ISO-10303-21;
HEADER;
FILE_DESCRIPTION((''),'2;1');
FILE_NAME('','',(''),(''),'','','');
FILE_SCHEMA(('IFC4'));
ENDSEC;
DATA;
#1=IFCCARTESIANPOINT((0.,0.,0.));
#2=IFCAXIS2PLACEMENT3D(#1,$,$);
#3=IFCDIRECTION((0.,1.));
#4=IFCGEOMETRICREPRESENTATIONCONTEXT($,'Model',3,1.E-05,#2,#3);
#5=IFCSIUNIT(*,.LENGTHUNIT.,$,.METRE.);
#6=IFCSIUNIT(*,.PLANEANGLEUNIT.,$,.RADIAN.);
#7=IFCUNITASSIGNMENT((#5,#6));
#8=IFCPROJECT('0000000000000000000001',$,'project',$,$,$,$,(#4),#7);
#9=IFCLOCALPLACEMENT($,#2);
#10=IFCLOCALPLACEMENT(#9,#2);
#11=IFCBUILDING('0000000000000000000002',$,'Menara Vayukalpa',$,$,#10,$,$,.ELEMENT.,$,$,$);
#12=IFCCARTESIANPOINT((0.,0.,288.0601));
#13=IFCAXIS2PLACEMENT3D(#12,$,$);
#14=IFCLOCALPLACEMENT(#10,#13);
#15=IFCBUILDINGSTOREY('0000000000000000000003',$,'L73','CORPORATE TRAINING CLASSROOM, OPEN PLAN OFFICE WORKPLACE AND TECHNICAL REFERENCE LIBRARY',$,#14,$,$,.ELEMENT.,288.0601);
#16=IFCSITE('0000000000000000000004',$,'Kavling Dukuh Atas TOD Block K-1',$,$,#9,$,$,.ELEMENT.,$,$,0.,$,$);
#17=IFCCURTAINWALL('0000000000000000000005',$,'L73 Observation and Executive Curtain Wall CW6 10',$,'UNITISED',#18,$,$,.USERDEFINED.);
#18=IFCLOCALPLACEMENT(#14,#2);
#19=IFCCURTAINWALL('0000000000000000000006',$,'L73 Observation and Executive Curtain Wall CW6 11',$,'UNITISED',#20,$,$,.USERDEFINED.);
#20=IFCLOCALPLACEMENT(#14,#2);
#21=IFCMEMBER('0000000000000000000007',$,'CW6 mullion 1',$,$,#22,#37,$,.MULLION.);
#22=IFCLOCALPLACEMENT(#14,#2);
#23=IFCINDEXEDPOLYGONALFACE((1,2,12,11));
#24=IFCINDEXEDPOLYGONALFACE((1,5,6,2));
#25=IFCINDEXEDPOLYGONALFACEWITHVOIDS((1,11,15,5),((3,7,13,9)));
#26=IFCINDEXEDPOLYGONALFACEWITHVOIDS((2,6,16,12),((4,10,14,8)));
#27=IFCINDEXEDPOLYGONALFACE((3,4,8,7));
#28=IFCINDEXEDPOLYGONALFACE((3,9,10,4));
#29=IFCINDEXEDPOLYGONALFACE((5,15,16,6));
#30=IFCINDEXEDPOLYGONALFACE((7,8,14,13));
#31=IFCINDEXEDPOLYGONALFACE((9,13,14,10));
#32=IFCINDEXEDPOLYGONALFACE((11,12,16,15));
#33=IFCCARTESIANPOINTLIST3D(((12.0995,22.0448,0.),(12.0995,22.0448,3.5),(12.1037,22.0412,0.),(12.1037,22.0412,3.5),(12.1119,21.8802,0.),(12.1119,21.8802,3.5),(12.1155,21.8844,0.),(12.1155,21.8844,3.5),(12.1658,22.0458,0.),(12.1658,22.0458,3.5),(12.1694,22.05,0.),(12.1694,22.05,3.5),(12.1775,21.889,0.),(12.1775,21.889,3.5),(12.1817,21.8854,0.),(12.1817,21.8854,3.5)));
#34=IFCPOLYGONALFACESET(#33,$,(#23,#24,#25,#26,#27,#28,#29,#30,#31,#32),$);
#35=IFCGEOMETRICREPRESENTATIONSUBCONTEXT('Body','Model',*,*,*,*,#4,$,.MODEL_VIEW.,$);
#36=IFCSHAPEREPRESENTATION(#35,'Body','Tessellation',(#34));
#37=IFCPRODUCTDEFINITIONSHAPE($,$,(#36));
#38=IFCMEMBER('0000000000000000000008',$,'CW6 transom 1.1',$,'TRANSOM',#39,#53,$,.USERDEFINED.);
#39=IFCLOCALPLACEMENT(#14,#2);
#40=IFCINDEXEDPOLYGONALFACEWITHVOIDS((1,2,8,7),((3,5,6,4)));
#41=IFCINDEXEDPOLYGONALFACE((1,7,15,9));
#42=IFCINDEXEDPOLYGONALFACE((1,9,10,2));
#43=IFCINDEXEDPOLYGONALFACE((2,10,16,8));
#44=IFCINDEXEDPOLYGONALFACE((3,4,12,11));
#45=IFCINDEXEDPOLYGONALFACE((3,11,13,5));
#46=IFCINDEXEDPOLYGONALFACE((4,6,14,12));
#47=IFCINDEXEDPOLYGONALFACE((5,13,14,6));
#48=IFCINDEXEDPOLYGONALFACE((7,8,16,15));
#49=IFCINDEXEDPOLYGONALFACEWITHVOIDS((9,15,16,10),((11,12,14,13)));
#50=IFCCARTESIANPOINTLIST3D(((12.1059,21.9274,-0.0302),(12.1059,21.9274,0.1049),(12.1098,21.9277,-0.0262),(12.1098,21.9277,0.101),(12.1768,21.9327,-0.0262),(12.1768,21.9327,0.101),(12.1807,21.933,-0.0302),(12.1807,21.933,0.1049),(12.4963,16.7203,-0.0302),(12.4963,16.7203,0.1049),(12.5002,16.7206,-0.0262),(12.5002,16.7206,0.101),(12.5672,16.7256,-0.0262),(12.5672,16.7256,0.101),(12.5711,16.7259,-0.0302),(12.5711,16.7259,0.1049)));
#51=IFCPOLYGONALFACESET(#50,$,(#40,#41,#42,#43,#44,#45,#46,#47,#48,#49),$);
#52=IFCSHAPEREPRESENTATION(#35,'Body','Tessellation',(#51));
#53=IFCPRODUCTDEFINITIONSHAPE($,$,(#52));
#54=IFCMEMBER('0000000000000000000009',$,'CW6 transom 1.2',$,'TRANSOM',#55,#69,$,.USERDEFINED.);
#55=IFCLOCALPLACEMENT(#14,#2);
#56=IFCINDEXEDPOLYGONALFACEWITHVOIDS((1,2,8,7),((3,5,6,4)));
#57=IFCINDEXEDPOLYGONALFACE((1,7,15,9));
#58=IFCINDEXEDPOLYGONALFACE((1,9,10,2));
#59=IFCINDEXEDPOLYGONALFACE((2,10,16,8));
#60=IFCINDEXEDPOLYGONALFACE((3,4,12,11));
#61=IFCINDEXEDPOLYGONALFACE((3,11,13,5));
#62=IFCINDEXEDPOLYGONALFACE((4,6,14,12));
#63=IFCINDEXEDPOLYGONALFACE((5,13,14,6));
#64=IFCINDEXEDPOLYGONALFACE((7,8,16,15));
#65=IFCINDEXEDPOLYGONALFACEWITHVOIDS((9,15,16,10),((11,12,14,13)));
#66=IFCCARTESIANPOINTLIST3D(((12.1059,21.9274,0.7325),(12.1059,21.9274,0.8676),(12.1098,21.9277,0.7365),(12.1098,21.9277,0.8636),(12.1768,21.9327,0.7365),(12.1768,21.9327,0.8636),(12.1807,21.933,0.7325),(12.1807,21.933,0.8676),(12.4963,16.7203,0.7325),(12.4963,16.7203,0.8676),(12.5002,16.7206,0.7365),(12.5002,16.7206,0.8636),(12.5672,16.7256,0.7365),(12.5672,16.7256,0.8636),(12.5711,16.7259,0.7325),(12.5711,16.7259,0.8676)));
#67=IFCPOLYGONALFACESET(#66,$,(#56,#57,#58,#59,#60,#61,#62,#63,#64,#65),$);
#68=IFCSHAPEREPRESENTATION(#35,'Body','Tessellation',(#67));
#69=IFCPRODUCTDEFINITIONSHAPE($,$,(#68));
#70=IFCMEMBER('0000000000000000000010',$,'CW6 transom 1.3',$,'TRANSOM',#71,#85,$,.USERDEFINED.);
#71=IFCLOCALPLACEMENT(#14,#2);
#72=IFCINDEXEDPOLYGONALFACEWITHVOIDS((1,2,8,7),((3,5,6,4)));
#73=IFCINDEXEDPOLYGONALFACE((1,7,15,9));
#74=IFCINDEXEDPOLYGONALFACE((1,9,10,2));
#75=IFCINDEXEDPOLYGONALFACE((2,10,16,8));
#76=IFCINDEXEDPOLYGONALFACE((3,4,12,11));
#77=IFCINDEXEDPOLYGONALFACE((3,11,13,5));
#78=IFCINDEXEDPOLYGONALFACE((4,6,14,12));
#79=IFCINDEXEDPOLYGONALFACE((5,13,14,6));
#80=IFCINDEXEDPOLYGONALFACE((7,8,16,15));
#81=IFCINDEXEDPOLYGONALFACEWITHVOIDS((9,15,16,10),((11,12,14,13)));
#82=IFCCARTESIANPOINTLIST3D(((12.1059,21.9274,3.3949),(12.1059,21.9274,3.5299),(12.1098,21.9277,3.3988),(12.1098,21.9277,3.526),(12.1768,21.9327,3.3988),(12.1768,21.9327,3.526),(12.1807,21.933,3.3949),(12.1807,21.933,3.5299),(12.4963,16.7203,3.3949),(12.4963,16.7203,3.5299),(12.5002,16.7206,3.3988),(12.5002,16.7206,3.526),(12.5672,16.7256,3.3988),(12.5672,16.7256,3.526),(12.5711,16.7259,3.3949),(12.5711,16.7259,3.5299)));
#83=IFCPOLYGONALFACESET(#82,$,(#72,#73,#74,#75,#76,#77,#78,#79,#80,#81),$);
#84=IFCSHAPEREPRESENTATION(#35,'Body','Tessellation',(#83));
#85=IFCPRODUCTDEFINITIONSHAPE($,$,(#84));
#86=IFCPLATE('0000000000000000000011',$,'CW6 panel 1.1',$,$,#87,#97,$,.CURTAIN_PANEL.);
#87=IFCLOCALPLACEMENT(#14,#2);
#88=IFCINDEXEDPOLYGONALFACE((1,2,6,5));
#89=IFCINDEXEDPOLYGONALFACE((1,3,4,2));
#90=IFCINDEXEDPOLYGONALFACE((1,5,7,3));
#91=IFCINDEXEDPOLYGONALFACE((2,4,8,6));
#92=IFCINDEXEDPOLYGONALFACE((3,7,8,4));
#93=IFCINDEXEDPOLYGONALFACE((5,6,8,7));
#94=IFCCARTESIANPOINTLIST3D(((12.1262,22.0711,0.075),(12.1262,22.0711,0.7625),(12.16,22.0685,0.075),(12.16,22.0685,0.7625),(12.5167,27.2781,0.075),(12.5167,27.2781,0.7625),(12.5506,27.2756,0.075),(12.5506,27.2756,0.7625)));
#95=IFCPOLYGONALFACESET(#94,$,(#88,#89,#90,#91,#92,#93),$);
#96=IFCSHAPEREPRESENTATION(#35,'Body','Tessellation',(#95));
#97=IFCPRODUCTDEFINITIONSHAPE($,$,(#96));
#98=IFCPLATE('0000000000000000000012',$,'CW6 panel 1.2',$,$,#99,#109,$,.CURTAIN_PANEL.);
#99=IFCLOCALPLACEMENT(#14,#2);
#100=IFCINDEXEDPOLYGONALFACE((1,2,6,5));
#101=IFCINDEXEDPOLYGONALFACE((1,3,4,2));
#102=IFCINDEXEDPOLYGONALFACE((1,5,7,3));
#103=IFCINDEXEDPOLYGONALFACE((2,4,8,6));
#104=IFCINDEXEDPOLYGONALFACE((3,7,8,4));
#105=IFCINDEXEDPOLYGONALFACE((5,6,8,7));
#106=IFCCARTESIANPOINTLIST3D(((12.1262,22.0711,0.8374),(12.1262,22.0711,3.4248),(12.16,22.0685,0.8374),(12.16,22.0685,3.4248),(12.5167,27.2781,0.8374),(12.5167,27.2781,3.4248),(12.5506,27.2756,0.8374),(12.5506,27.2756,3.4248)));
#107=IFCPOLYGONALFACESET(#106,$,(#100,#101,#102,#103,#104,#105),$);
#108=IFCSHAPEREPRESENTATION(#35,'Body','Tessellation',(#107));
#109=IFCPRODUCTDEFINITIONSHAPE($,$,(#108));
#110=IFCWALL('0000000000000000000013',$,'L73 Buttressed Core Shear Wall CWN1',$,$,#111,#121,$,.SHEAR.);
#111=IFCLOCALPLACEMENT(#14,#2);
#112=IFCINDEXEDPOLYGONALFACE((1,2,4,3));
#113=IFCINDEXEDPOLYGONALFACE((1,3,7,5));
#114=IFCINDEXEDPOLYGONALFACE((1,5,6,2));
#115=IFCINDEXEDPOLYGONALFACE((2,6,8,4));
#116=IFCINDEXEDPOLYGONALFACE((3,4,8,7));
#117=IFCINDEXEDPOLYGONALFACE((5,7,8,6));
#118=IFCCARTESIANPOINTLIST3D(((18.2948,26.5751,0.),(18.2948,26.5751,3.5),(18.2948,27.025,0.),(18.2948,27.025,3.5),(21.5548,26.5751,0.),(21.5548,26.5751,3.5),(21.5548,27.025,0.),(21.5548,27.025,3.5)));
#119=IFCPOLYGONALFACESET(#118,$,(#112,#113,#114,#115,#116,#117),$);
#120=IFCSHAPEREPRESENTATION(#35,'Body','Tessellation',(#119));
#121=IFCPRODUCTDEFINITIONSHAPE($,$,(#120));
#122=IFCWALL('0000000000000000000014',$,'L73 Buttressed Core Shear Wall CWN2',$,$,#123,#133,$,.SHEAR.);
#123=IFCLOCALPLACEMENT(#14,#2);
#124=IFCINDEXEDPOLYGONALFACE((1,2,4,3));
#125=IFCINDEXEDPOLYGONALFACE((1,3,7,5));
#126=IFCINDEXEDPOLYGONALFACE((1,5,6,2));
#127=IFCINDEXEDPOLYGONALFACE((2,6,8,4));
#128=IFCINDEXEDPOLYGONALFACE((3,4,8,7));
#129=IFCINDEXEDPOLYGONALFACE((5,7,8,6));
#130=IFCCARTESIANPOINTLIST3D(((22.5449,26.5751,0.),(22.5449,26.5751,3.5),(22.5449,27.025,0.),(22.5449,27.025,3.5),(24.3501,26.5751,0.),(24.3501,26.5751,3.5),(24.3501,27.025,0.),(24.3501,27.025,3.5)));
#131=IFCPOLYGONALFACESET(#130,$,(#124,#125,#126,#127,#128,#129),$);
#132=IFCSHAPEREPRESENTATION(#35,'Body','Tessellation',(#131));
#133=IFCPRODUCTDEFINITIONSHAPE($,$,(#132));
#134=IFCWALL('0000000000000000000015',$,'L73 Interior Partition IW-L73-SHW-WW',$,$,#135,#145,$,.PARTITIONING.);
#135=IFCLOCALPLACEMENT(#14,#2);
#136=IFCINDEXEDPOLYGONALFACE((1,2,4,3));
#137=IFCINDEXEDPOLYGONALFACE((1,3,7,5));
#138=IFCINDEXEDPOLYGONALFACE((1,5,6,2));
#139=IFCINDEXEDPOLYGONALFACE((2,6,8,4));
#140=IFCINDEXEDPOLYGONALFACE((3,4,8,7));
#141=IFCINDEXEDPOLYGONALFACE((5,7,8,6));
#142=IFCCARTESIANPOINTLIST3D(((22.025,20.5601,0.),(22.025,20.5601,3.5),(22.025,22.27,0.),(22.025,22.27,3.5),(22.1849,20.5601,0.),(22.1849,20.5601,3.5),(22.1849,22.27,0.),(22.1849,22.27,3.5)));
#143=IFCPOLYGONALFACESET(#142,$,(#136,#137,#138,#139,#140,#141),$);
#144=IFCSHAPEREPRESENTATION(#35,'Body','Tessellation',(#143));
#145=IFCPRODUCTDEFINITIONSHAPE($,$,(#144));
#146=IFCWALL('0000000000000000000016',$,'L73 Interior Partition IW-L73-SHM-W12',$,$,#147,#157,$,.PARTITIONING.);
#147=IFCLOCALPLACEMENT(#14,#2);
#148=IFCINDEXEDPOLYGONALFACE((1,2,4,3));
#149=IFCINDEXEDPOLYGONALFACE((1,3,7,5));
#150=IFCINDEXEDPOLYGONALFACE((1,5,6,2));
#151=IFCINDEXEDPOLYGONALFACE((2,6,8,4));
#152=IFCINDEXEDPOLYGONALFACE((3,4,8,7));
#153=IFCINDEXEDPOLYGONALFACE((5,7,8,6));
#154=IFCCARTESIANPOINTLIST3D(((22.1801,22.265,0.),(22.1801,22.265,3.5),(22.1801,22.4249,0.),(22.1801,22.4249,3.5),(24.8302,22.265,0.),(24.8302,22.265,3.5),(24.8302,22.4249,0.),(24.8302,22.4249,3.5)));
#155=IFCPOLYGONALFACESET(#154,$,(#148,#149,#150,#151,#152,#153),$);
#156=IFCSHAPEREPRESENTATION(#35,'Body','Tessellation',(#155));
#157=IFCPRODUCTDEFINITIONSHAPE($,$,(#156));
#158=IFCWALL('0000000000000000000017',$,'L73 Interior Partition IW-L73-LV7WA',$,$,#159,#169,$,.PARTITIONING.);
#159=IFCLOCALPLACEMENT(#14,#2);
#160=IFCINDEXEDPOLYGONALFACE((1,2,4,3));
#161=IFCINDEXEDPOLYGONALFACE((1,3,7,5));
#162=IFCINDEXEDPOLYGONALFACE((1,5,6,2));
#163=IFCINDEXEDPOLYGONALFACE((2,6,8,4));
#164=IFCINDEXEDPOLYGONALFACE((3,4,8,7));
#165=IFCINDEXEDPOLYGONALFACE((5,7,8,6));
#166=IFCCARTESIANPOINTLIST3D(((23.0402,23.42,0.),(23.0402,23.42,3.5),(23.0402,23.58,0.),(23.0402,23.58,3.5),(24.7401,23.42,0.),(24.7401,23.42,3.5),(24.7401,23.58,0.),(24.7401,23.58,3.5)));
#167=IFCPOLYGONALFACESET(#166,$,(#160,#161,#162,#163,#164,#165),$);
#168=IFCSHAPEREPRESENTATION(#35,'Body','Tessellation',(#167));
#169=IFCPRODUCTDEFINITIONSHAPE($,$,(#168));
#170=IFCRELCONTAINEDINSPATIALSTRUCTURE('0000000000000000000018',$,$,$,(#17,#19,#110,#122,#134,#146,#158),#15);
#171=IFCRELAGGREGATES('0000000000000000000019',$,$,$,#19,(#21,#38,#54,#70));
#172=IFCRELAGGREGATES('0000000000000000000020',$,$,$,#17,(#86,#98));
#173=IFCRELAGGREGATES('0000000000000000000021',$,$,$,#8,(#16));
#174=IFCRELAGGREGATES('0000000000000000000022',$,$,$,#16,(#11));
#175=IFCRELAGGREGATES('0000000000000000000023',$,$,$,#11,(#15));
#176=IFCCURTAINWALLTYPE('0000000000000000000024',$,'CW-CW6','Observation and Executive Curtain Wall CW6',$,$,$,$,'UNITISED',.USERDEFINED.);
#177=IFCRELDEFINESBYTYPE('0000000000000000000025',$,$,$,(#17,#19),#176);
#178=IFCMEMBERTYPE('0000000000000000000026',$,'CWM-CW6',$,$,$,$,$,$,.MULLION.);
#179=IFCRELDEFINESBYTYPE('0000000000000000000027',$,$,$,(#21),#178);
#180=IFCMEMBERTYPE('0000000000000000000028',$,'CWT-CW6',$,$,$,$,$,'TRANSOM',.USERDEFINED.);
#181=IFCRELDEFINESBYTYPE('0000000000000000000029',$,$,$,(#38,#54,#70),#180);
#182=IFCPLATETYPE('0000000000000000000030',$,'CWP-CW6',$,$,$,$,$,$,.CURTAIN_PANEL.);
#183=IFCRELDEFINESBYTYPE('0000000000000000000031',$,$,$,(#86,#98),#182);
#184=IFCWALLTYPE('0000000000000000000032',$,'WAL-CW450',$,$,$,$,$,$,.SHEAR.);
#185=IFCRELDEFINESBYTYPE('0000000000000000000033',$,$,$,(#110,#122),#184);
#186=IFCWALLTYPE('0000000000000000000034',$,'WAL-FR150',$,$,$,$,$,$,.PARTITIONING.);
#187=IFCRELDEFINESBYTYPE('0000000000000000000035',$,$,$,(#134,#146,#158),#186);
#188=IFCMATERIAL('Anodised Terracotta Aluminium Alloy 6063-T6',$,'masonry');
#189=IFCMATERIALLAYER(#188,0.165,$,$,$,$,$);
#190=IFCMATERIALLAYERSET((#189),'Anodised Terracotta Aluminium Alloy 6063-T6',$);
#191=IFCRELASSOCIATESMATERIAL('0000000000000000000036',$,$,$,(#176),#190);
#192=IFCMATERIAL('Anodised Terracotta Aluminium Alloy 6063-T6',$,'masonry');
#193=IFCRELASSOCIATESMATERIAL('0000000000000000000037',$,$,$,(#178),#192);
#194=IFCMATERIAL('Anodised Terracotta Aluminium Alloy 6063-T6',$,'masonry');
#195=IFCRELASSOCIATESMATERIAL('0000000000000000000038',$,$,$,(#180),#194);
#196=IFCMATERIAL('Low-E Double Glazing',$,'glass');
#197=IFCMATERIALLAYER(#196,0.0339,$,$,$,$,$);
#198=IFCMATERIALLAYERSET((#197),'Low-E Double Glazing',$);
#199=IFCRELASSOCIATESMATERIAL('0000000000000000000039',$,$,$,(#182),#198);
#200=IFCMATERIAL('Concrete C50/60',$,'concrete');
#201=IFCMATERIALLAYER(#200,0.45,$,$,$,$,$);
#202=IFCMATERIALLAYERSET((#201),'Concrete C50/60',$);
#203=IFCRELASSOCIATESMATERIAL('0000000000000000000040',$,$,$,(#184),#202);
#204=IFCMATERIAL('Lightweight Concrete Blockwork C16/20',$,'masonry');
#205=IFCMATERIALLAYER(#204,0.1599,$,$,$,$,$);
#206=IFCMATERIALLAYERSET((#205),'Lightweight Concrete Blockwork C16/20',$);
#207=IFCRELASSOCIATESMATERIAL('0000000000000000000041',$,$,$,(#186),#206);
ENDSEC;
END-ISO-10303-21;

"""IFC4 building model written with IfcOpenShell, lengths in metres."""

from ifc_helpers import new_model, si_unit, direction, frame, frame_2d, origin, origin_2d, place, context, subcontext, project, spatial, rectangle, hollow_rectangle, extrude, material, layer, layer_set, material_profile, profile_set, type_object, element, aggregate, save


model = new_model("IFC4")

# Units and contexts
model_context = context("Model", 3, precision=1e-05, world=origin(), true_north=direction((0.0, 1.0)))
body_context = subcontext(model_context, "Body", "Model", "MODEL_VIEW")
ifc_project = project(units=[si_unit("LENGTHUNIT", "METRE"), si_unit("PLANEANGLEUNIT", "RADIAN")], contexts=[model_context])

# Site, building, storey
site_placement = place(None, origin())
site = spatial("IfcSite", under=ifc_project, at=site_placement, Name="Kavling Dukuh Atas TOD Block K-1", CompositionType="ELEMENT", RefElevation=0.0)
building_placement = place(site_placement, origin())
building = spatial("IfcBuilding", under=site, at=building_placement, Name="Menara Vayukalpa", CompositionType="ELEMENT")
storey_placement = place(building_placement, frame((0.0, 0.0, 288.0601)))
storey = spatial("IfcBuildingStorey", under=building, at=storey_placement, Name="L73", Description="CORPORATE TRAINING CLASSROOM, OPEN PLAN OFFICE WORKPLACE AND TECHNICAL REFERENCE LIBRARY", CompositionType="ELEMENT", Elevation=288.0601)

# Curtain wall
ifc_material_1 = material(Name="Anodised Terracotta Aluminium Alloy 6063-T6", Category="masonry")
ifc_layer_1 = layer(ifc_material_1, 0.165)
ifc_layer_set_1 = layer_set([ifc_layer_1], Name="Anodised Terracotta Aluminium Alloy 6063-T6")
curtain_wall_type = type_object("IfcCurtainWallType", Name="CW-CW6", Description="Observation and Executive Curtain Wall CW6", ElementType="UNITISED", PredefinedType="USERDEFINED", material=ifc_layer_set_1)
curtain_wall_1_placement = place(storey_placement, origin())
curtain_wall_1 = element("IfcCurtainWall", 1, at=curtain_wall_1_placement, inside=storey, type_object=curtain_wall_type, Name="L73 Observation and Executive Curtain Wall CW6 10", ObjectType="UNITISED", PredefinedType="USERDEFINED")
ifc_material_2 = material(Name="Anodised Terracotta Aluminium Alloy 6063-T6", Category="masonry")
ifc_material_profile_1 = material_profile(ifc_material_2, hollow_rectangle(XDim=0.0701, YDim=0.165, WallThickness=0.0039, at=origin_2d()), Name="ALU 70x165x4")
ifc_profile_set_1 = profile_set([ifc_material_profile_1], Name="Anodised Terracotta Aluminium Alloy 6063-T6")
member_type_1 = type_object("IfcMemberType", Name="CWM-CW6", PredefinedType="MULLION", material=ifc_profile_set_1)

# Curtain wall, members
curtain_wall_2_placement = place(storey_placement, origin())
curtain_wall_2 = element("IfcCurtainWall", 2, at=curtain_wall_2_placement, inside=storey, type_object=curtain_wall_type, Name="L73 Observation and Executive Curtain Wall CW6 11", ObjectType="UNITISED", PredefinedType="USERDEFINED")
member_1_placement = place(storey_placement, frame((12.1406, 21.9651, 0.0), z_axis=(0.0, 0.0, 1.0), x_axis=(0.997199, 0.074789, 0.0)))
member_1 = element("IfcMember", 3, at=member_1_placement, type_object=member_type_1, Name="CW6 mullion 1", PredefinedType="MULLION", context=body_context, shape_type="SweptSolid", body=[
    extrude(hollow_rectangle(XDim=0.0701, YDim=0.165, WallThickness=0.0039, at=origin_2d()), origin(), (0.0, 0.0, 1.0), 3.5),
])
ifc_material_3 = material(Name="Anodised Terracotta Aluminium Alloy 6063-T6", Category="masonry")
ifc_material_profile_2 = material_profile(ifc_material_3, hollow_rectangle(XDim=0.075, YDim=0.135, WallThickness=0.0039, at=origin_2d()), Name="ALU 75x135x4")
ifc_profile_set_2 = profile_set([ifc_material_profile_2], Name="Anodised Terracotta Aluminium Alloy 6063-T6")
member_type_2 = type_object("IfcMemberType", Name="CWT-CW6", ElementType="TRANSOM", PredefinedType="USERDEFINED", material=ifc_profile_set_2)
member_2_placement = place(storey_placement, frame((12.1433, 21.9302, 0.0374), z_axis=(0.074762, -0.997201, 0.0), x_axis=(0.997201, 0.074762, 0.0)))
member_2 = element("IfcMember", 4, at=member_2_placement, type_object=member_type_2, Name="CW6 transom 1.1", ObjectType="TRANSOM", PredefinedType="USERDEFINED", context=body_context, shape_type="SweptSolid", body=[
    extrude(hollow_rectangle(XDim=0.075, YDim=0.135, WallThickness=0.0039, at=origin_2d()), origin(), (0.0, 0.0, 1.0), 5.2217),
])
member_3_placement = place(storey_placement, frame((12.1433, 21.9302, 0.8), z_axis=(0.074762, -0.997201, 0.0), x_axis=(0.997201, 0.074762, 0.0)))
member_3 = element("IfcMember", 5, at=member_3_placement, type_object=member_type_2, Name="CW6 transom 1.2", ObjectType="TRANSOM", PredefinedType="USERDEFINED", context=body_context, shape_type="SweptSolid", body=[
    extrude(hollow_rectangle(XDim=0.075, YDim=0.135, WallThickness=0.0039, at=origin_2d()), origin(), (0.0, 0.0, 1.0), 5.2217),
])
member_4_placement = place(storey_placement, frame((12.1433, 21.9302, 3.4624), z_axis=(0.074762, -0.997201, 0.0), x_axis=(0.997201, 0.074762, 0.0)))
member_4 = element("IfcMember", 6, at=member_4_placement, type_object=member_type_2, Name="CW6 transom 1.3", ObjectType="TRANSOM", PredefinedType="USERDEFINED", context=body_context, shape_type="SweptSolid", body=[
    extrude(hollow_rectangle(XDim=0.075, YDim=0.135, WallThickness=0.0039, at=origin_2d()), origin(), (0.0, 0.0, 1.0), 5.2217),
])
aggregate(curtain_wall_2, [member_1, member_2, member_3, member_4])

# Plates
ifc_material_4 = material(Name="Low-E Double Glazing", Category="glass")
ifc_layer_2 = layer(ifc_material_4, 0.0339)
ifc_layer_set_2 = layer_set([ifc_layer_2], Name="Low-E Double Glazing")
plate_type = type_object("IfcPlateType", Name="CWP-CW6", PredefinedType="CURTAIN_PANEL", material=ifc_layer_set_2)
plate_1_placement = place(storey_placement, frame((12.3384, 24.6733, 0.075), z_axis=(0.0, 0.0, 1.0), x_axis=(-0.074789, -0.997199, 0.0)))
plate_1 = element("IfcPlate", 7, at=plate_1_placement, type_object=plate_type, Name="CW6 panel 1.1", PredefinedType="CURTAIN_PANEL", context=body_context, shape_type="SweptSolid", body=[
    extrude(rectangle(XDim=5.2217, YDim=0.0339, at=origin_2d()), origin(), (0.0, 0.0, 1.0), 0.6875),
])
plate_2_placement = place(storey_placement, frame((12.3384, 24.6733, 0.8374), z_axis=(0.0, 0.0, 1.0), x_axis=(-0.074789, -0.997199, 0.0)))
plate_2 = element("IfcPlate", 8, at=plate_2_placement, type_object=plate_type, Name="CW6 panel 1.2", PredefinedType="CURTAIN_PANEL", context=body_context, shape_type="SweptSolid", body=[
    extrude(rectangle(XDim=5.2217, YDim=0.0339, at=origin_2d()), origin(), (0.0, 0.0, 1.0), 2.5874),
])
aggregate(curtain_wall_1, [plate_1, plate_2])

# Walls
ifc_material_5 = material(Name="Concrete C50/60", Category="concrete")
ifc_layer_3 = layer(ifc_material_5, 0.45)
ifc_layer_set_3 = layer_set([ifc_layer_3], Name="Concrete C50/60")
wall_type_1 = type_object("IfcWallType", Name="WAL-CW450", PredefinedType="SHEAR", material=ifc_layer_set_3)
wall_1_placement = place(storey_placement, frame((18.2949, 26.8, 0.0), z_axis=(0.0, 0.0, 1.0), x_axis=(1.0, 0.0, 0.0)))
element("IfcWall", 9, at=wall_1_placement, inside=storey, type_object=wall_type_1, Name="L73 Buttressed Core Shear Wall CWN1", PredefinedType="SHEAR", context=body_context, shape_type="SweptSolid", body=[
    extrude(rectangle(XDim=3.26, YDim=0.45, at=frame_2d((1.6299, 0.0))), origin(), (0.0, 0.0, 1.0), 3.5),
])
wall_2_placement = place(storey_placement, frame((22.5449, 26.8, 0.0), z_axis=(0.0, 0.0, 1.0), x_axis=(1.0, 0.0, 0.0)))
element("IfcWall", 10, at=wall_2_placement, inside=storey, type_object=wall_type_1, Name="L73 Buttressed Core Shear Wall CWN2", PredefinedType="SHEAR", context=body_context, shape_type="SweptSolid", body=[
    extrude(rectangle(XDim=1.8052, YDim=0.45, at=frame_2d((0.9026, 0.0))), origin(), (0.0, 0.0, 1.0), 3.5),
])
ifc_material_6 = material(Name="Lightweight Concrete Blockwork C16/20", Category="masonry")
ifc_layer_4 = layer(ifc_material_6, 0.1599)
ifc_layer_set_4 = layer_set([ifc_layer_4], Name="Lightweight Concrete Blockwork C16/20")
wall_type_2 = type_object("IfcWallType", Name="WAL-FR150", PredefinedType="PARTITIONING", material=ifc_layer_set_4)
wall_3_placement = place(storey_placement, frame((22.105, 20.5601, 0.0), z_axis=(0.0, 0.0, 1.0), x_axis=(0.0, 1.0, 0.0)))
element("IfcWall", 11, at=wall_3_placement, inside=storey, type_object=wall_type_2, Name="L73 Interior Partition IW-L73-SHW-WW", PredefinedType="PARTITIONING", context=body_context, shape_type="SweptSolid", body=[
    extrude(rectangle(XDim=1.71, YDim=0.1599, at=frame_2d((0.855, 0.0))), origin(), (0.0, 0.0, 1.0), 3.5),
])
wall_4_placement = place(storey_placement, frame((22.1799, 22.345, 0.0), z_axis=(0.0, 0.0, 1.0), x_axis=(1.0, 0.0, 0.0)))
element("IfcWall", 12, at=wall_4_placement, inside=storey, type_object=wall_type_2, Name="L73 Interior Partition IW-L73-SHM-W12", PredefinedType="PARTITIONING", context=body_context, shape_type="SweptSolid", body=[
    extrude(rectangle(XDim=2.6501, YDim=0.1599, at=frame_2d((1.3252, 0.0))), origin(), (0.0, 0.0, 1.0), 3.5),
])
wall_5_placement = place(storey_placement, frame((23.04, 23.5, 0.0), z_axis=(0.0, 0.0, 1.0), x_axis=(1.0, 0.0, 0.0)))
element("IfcWall", 13, at=wall_5_placement, inside=storey, type_object=wall_type_2, Name="L73 Interior Partition IW-L73-LV7WA", PredefinedType="PARTITIONING", context=body_context, shape_type="SweptSolid", body=[
    extrude(rectangle(XDim=1.7, YDim=0.1599, at=frame_2d((0.8501, 0.0))), origin(), (0.0, 0.0, 1.0), 3.5),
])

save(model, "model.ifc")
